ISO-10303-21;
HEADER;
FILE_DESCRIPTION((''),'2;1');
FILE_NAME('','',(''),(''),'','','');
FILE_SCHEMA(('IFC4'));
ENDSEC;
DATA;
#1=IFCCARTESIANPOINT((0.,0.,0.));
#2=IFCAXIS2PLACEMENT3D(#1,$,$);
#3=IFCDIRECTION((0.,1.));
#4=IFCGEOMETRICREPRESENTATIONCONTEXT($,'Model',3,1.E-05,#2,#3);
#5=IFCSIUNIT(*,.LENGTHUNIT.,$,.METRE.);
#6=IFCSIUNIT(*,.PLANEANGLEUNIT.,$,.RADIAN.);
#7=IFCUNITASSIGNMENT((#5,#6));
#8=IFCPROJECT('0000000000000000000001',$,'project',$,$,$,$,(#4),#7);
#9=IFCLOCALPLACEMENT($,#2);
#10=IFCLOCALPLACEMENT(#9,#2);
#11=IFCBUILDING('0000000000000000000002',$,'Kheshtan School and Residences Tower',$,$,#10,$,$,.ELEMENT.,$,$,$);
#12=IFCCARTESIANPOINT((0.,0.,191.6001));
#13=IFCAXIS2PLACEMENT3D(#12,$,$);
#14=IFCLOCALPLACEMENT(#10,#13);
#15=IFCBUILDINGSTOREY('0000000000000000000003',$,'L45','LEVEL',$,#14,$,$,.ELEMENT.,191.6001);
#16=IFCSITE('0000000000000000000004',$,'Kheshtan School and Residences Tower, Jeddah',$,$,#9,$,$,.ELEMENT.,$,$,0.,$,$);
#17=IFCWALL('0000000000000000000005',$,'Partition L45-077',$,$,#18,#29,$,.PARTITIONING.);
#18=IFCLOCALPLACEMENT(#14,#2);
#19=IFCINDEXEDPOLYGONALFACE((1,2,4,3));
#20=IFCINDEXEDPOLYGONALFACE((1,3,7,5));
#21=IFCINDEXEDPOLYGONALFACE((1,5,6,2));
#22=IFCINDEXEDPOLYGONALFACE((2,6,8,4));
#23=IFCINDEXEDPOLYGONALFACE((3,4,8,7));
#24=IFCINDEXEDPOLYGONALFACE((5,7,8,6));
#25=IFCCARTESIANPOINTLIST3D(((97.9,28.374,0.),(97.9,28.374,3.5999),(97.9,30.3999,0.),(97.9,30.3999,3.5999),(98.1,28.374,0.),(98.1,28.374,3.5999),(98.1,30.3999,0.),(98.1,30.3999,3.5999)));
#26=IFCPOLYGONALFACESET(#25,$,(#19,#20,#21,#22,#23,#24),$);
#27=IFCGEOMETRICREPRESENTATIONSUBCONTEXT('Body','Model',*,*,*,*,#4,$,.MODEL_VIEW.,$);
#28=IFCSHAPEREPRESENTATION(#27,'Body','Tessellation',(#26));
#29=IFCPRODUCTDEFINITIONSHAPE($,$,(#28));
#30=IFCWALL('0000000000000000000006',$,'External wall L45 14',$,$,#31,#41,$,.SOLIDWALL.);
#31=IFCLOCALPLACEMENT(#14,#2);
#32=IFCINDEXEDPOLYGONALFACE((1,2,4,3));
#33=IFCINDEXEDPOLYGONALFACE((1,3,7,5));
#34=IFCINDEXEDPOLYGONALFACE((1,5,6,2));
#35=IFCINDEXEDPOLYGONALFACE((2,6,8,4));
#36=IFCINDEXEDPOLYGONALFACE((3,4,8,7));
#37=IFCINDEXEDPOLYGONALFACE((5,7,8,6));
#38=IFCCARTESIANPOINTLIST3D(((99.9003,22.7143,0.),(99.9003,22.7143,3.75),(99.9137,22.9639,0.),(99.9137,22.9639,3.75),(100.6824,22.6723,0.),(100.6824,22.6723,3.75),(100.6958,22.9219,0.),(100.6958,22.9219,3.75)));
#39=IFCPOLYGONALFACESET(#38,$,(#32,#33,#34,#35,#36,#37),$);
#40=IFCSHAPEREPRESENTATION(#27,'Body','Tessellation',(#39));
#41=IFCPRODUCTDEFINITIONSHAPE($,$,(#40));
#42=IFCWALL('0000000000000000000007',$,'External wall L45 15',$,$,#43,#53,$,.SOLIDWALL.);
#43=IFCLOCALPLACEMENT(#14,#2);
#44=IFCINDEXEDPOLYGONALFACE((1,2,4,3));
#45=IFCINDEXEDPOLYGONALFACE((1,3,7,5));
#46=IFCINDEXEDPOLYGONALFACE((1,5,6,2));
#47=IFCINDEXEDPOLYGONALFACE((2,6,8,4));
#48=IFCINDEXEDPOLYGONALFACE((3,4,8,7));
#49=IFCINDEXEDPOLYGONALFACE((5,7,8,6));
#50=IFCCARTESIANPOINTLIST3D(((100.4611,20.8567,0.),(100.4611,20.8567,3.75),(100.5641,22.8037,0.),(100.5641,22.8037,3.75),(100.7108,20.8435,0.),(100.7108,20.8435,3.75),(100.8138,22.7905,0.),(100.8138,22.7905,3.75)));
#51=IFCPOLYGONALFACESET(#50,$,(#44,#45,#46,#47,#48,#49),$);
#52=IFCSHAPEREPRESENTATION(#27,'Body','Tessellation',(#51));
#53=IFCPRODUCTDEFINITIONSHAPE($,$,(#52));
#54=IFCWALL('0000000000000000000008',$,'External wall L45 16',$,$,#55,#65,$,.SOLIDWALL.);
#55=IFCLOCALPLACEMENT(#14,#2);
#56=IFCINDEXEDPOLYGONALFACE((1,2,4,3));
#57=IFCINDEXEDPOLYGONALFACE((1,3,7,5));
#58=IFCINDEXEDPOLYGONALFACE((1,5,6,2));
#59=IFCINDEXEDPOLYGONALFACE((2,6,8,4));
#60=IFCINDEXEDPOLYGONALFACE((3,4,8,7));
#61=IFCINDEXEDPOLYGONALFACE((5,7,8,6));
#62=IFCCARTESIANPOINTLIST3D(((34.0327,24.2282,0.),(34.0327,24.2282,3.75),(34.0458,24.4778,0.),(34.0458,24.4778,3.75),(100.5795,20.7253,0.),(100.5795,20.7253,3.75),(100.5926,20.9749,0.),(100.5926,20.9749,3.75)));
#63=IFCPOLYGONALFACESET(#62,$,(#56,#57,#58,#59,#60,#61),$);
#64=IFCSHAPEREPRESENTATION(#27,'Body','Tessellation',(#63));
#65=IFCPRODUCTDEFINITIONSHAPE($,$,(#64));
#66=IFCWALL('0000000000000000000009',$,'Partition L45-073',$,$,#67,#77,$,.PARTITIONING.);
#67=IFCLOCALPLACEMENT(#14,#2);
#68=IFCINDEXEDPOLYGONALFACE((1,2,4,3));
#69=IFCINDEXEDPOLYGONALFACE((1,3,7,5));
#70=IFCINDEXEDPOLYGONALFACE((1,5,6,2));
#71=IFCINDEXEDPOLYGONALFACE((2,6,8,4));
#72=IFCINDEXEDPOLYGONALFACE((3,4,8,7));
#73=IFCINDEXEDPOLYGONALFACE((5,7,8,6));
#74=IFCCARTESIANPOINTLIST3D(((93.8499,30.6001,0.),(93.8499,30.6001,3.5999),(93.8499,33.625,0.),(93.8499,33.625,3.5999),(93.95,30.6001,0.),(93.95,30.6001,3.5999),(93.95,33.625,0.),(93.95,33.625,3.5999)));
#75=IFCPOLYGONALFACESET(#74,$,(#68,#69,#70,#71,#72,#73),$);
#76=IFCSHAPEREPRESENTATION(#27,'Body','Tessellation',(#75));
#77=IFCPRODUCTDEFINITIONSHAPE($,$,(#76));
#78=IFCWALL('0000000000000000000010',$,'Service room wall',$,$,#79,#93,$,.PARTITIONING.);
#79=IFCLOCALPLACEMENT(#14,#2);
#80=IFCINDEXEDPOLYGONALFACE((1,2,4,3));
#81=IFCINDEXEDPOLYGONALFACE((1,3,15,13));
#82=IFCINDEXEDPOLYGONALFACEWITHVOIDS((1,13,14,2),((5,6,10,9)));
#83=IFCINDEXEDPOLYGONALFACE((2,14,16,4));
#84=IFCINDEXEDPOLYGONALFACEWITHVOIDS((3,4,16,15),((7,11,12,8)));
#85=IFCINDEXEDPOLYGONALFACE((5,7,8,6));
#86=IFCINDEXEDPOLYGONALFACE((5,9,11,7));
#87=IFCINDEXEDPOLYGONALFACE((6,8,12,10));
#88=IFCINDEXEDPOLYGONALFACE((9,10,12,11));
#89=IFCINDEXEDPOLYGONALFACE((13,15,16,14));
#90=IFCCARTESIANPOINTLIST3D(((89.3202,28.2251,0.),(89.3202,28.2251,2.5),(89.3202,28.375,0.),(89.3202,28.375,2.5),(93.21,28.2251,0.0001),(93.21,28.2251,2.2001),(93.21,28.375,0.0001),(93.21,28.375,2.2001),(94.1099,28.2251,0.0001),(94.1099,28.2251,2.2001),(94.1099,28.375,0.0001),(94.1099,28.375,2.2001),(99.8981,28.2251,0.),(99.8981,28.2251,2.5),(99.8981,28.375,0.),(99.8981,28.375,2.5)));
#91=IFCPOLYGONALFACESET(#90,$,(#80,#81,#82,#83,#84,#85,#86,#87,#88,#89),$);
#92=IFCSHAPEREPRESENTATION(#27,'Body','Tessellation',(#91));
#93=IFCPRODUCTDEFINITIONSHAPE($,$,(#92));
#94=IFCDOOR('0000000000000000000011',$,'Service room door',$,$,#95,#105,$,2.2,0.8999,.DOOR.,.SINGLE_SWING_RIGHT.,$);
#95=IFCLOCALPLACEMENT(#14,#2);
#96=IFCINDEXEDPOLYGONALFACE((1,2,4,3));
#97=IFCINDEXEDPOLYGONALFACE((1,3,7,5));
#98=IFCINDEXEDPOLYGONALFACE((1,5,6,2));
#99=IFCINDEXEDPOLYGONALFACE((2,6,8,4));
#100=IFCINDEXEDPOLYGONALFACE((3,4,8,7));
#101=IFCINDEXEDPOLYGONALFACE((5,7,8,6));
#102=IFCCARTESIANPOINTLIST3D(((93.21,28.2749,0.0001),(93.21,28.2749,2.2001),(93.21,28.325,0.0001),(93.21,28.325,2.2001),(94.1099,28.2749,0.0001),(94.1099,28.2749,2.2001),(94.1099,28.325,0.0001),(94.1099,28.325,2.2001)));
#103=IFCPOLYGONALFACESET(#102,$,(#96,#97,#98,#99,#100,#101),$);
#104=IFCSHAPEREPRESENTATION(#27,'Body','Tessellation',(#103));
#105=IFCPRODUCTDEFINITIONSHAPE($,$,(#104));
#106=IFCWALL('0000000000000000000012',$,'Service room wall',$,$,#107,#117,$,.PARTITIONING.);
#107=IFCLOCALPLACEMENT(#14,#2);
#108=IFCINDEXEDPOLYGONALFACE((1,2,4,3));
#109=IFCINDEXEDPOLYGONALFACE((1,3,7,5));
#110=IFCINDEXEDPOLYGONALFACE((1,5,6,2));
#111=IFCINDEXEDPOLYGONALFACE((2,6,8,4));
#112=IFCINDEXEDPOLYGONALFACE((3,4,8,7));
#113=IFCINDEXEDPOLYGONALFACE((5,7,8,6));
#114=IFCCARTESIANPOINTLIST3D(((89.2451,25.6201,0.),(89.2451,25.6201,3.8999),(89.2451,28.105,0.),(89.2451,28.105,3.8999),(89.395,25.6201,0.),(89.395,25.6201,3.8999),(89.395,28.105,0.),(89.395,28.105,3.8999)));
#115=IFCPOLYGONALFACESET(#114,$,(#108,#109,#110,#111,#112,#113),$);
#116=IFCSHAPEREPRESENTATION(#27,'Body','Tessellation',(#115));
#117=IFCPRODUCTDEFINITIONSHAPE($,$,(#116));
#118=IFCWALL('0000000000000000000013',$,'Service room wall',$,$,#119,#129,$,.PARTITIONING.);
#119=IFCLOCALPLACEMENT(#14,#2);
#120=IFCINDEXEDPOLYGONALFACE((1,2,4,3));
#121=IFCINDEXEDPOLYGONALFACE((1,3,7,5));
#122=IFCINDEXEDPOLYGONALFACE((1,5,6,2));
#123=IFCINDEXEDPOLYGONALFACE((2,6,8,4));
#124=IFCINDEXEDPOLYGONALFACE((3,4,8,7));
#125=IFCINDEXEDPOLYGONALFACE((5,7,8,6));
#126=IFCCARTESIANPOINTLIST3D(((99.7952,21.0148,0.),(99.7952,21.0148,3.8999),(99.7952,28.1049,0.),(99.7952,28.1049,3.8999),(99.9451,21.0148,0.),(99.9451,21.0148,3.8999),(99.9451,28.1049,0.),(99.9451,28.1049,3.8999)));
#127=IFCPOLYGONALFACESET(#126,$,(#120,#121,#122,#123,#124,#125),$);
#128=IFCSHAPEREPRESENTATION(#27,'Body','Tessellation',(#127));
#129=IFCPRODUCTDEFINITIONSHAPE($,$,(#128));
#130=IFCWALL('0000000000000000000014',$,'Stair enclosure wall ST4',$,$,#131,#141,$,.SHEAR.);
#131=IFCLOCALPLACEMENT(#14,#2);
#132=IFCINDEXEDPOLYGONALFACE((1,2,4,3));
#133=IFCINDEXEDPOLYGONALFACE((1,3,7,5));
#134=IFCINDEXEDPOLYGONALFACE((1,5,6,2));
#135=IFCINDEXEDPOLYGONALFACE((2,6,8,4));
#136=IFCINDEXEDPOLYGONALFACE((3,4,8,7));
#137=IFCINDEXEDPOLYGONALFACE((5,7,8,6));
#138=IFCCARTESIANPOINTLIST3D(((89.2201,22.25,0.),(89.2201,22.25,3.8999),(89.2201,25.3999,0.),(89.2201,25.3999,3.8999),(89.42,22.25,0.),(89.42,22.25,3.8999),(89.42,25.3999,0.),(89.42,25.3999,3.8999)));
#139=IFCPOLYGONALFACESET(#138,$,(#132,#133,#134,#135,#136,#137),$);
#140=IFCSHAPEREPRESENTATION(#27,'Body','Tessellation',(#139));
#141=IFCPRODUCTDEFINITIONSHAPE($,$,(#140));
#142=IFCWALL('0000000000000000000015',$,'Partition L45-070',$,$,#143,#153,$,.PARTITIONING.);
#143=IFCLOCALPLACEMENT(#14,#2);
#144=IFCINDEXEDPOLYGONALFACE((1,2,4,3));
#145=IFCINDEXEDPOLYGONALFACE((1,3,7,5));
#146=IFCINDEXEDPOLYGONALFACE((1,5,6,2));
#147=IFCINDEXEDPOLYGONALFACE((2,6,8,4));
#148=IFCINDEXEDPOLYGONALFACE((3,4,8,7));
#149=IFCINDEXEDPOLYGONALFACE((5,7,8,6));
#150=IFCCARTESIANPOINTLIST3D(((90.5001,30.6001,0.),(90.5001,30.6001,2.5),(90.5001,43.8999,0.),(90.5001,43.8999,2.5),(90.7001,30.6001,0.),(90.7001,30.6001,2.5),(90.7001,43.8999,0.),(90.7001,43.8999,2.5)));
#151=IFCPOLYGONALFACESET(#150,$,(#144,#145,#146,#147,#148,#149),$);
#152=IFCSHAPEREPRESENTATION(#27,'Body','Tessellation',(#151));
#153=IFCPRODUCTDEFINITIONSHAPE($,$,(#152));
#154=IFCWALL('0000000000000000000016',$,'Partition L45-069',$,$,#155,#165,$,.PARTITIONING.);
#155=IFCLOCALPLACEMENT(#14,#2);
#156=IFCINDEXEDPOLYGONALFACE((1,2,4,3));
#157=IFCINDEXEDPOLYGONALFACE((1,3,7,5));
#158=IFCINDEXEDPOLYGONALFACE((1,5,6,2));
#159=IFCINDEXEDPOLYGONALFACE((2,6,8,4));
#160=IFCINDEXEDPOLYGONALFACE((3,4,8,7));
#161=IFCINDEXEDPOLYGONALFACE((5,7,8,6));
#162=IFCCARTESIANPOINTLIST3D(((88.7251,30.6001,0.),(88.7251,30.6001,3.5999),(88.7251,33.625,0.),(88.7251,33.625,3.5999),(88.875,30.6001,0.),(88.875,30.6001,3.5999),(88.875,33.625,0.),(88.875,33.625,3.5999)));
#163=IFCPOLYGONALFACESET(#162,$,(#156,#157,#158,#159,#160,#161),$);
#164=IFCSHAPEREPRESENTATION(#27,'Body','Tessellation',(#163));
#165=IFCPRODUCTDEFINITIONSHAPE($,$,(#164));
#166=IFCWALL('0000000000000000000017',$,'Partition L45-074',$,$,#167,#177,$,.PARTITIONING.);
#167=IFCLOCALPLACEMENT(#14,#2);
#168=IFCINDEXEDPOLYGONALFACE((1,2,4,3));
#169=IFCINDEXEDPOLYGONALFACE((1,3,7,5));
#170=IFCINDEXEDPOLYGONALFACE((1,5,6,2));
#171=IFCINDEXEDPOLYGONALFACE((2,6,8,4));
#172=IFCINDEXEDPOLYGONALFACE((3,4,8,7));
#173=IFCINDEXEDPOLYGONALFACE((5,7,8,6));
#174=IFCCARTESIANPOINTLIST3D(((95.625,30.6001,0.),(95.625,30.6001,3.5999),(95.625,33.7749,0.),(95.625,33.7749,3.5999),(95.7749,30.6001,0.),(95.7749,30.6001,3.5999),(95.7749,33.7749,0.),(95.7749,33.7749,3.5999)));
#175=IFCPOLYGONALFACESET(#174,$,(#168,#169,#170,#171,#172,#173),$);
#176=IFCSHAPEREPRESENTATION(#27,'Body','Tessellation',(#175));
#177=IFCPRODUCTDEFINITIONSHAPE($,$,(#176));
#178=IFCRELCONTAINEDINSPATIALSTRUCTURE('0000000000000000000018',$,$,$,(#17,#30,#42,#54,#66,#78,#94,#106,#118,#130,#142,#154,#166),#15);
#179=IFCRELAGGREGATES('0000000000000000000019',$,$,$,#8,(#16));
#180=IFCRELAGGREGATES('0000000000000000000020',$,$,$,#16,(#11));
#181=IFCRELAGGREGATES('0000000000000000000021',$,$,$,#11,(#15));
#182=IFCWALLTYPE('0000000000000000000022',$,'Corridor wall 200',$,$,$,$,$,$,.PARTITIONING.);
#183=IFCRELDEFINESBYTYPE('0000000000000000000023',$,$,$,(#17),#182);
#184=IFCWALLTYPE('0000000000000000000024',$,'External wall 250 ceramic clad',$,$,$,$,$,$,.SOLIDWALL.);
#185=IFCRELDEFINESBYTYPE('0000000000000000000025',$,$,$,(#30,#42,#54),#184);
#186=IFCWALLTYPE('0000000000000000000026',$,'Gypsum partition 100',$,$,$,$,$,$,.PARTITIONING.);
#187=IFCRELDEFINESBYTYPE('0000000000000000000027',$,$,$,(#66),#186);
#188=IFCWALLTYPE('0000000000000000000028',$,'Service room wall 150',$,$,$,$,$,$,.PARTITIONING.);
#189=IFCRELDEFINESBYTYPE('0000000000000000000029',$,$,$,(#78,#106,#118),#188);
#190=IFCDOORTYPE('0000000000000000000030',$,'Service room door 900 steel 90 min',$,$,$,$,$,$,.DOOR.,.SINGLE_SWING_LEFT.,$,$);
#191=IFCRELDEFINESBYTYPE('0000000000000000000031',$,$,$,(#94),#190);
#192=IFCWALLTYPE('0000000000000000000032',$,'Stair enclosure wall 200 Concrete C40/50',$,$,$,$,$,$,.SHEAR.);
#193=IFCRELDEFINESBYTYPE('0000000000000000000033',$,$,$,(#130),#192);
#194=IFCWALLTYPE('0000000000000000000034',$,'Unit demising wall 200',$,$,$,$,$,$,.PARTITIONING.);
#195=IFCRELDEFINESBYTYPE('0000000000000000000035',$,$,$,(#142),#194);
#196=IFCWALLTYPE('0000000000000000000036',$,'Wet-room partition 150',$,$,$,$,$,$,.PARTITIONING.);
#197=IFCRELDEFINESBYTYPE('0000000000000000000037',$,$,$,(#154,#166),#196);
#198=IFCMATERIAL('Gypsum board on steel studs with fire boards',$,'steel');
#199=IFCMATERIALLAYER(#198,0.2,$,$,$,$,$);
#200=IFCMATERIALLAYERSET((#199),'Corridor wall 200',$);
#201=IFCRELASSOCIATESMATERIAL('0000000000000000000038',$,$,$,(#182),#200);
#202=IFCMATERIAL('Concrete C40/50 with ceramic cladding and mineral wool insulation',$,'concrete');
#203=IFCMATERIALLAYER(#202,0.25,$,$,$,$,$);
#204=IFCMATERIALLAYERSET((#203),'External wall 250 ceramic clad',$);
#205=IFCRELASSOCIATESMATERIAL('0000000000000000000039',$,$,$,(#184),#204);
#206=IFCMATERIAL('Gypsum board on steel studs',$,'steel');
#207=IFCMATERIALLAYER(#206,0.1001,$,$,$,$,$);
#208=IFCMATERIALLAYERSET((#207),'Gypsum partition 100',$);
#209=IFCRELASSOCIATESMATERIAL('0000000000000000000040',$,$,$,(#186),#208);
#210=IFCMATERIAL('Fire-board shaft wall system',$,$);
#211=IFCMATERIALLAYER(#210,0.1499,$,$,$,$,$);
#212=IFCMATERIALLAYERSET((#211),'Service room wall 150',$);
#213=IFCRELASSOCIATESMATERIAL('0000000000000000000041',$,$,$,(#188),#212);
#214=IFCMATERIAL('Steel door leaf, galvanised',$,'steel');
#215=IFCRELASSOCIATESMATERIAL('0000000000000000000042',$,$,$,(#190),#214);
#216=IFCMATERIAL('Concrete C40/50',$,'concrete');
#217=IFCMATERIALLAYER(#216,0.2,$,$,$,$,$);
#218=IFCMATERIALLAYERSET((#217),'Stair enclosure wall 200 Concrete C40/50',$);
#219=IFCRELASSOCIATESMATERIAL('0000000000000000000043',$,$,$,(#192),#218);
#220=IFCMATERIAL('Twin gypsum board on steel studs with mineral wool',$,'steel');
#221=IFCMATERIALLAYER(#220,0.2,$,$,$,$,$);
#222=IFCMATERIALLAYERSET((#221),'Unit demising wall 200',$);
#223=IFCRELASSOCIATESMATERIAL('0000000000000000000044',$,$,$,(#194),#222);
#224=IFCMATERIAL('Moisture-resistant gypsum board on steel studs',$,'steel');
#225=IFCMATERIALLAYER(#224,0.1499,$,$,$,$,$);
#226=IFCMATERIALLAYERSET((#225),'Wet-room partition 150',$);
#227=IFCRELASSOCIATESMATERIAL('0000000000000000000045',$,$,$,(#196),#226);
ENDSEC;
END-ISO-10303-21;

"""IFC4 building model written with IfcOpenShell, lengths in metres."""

from ifc_helpers import new_model, si_unit, direction, frame, frame_2d, origin, place, context, subcontext, project, spatial, rectangle, extrude, source, transform, mapped, material, layer, layer_set, type_object, element, fill, save


model = new_model("IFC4")

# Units and contexts
model_context = context("Model", 3, precision=1e-05, world=origin(), true_north=direction((0.0, 1.0)))
body_context = subcontext(model_context, "Body", "Model", "MODEL_VIEW")
ifc_project = project(units=[si_unit("LENGTHUNIT", "METRE"), si_unit("PLANEANGLEUNIT", "RADIAN")], contexts=[model_context])

# Site, building, storey
site_placement = place(None, origin())
site = spatial("IfcSite", under=ifc_project, at=site_placement, Name="Kheshtan School and Residences Tower, Jeddah", CompositionType="ELEMENT", RefElevation=0.0)
building_placement = place(site_placement, origin())
building = spatial("IfcBuilding", under=site, at=building_placement, Name="Kheshtan School and Residences Tower", CompositionType="ELEMENT")
storey_placement = place(building_placement, frame((0.0, 0.0, 191.6001)))
storey = spatial("IfcBuildingStorey", under=building, at=storey_placement, Name="L45", Description="LEVEL", CompositionType="ELEMENT", Elevation=191.6001)

# Walls
ifc_material_1 = material(Name="Gypsum board on steel studs with fire boards", Category="steel")
ifc_layer_1 = layer(ifc_material_1, 0.2)
ifc_layer_set_1 = layer_set([ifc_layer_1], Name="Corridor wall 200")
wall_type_1 = type_object("IfcWallType", Name="Corridor wall 200", PredefinedType="PARTITIONING", material=ifc_layer_set_1)
wall_1_placement = place(storey_placement, frame((98.0, 28.374, 0.0), z_axis=(0.0, 0.0, 1.0), x_axis=(0.0, 1.0, 0.0)))
element("IfcWall", 1, at=wall_1_placement, inside=storey, type_object=wall_type_1, Name="Partition L45-077", PredefinedType="PARTITIONING", context=body_context, shape_type="SweptSolid", body=[
    extrude(rectangle(XDim=2.0259, YDim=0.2, at=frame_2d((1.0129, 0.0))), origin(), (0.0, 0.0, 1.0), 3.5999),
])
ifc_material_2 = material(Name="Concrete C40/50 with ceramic cladding and mineral wool insulation", Category="concrete")
ifc_layer_2 = layer(ifc_material_2, 0.25)
ifc_layer_set_2 = layer_set([ifc_layer_2], Name="External wall 250 ceramic clad")
wall_type_2 = type_object("IfcWallType", Name="External wall 250 ceramic clad", PredefinedType="SOLIDWALL", material=ifc_layer_set_2)
wall_2_placement = place(storey_placement, frame((99.907, 22.8391, 0.0), z_axis=(0.0, 0.0, 1.0), x_axis=(0.998561, -0.053622, 0.0)))
element("IfcWall", 2, at=wall_2_placement, inside=storey, type_object=wall_type_2, Name="External wall L45 14", PredefinedType="SOLIDWALL", context=body_context, shape_type="SweptSolid", body=[
    extrude(rectangle(XDim=0.7832, YDim=0.25, at=frame_2d((0.3916, 0.0))), origin(), (0.0, 0.0, 1.0), 3.75),
])
wall_3_placement = place(storey_placement, frame((100.689, 22.7971, 0.0), z_axis=(0.0, 0.0, 1.0), x_axis=(-0.052841, -0.998603, 0.0)))
element("IfcWall", 3, at=wall_3_placement, inside=storey, type_object=wall_type_2, Name="External wall L45 15", PredefinedType="SOLIDWALL", context=body_context, shape_type="SweptSolid", body=[
    extrude(rectangle(XDim=1.9497, YDim=0.25, at=frame_2d((0.9749, 0.0))), origin(), (0.0, 0.0, 1.0), 3.75),
])
wall_4_placement = place(storey_placement, frame((100.5859, 20.8501, 0.0), z_axis=(0.0, 0.0, 1.0), x_axis=(-0.998617, 0.052566, 0.0)))
element("IfcWall", 4, at=wall_4_placement, inside=storey, type_object=wall_type_2, Name="External wall L45 16", PredefinedType="SOLIDWALL", context=body_context, shape_type="SweptSolid", body=[
    extrude(rectangle(XDim=66.6389, YDim=0.25, at=frame_2d((33.3193, 0.0))), origin(), (0.0, 0.0, 1.0), 3.75),
])
ifc_material_3 = material(Name="Gypsum board on steel studs", Category="steel")
ifc_layer_3 = layer(ifc_material_3, 0.1001)
ifc_layer_set_3 = layer_set([ifc_layer_3], Name="Gypsum partition 100")
wall_type_3 = type_object("IfcWallType", Name="Gypsum partition 100", PredefinedType="PARTITIONING", material=ifc_layer_set_3)
wall_5_placement = place(storey_placement, frame((93.8999, 30.6001, 0.0), z_axis=(0.0, 0.0, 1.0), x_axis=(0.0, 1.0, 0.0)))
element("IfcWall", 5, at=wall_5_placement, inside=storey, type_object=wall_type_3, Name="Partition L45-073", PredefinedType="PARTITIONING", context=body_context, shape_type="SweptSolid", body=[
    extrude(rectangle(XDim=3.0249, YDim=0.1001, at=frame_2d((1.5125, 0.0))), origin(), (0.0, 0.0, 1.0), 3.5999),
])

# Wall, opening, door
ifc_material_4 = material(Name="Fire-board shaft wall system")
ifc_layer_4 = layer(ifc_material_4, 0.1499)
ifc_layer_set_4 = layer_set([ifc_layer_4], Name="Service room wall 150")
wall_type_4 = type_object("IfcWallType", Name="Service room wall 150", PredefinedType="PARTITIONING", material=ifc_layer_set_4)
wall_6_placement = place(storey_placement, frame((89.3201, 28.3, 0.0), z_axis=(0.0, 0.0, 1.0), x_axis=(1.0, 0.0, 0.0)))
wall_6 = element("IfcWall", 6, at=wall_6_placement, inside=storey, type_object=wall_type_4, Name="Service room wall", PredefinedType="PARTITIONING", context=body_context, shape_type="SweptSolid", body=[
    extrude(rectangle(XDim=10.5779, YDim=0.1499, at=frame_2d((5.2891, 0.0))), origin(), (0.0, 0.0, 1.0), 2.5),
])
opening_placement = place(wall_6_placement, frame((3.8899, 0.0, 0.0)))
opening = element("IfcOpeningElement", 7, at=opening_placement, cuts=wall_6, PredefinedType="OPENING", context=body_context, shape_type="SweptSolid", body=[
    extrude(rectangle(XDim=0.8999, YDim=2.2, at=frame_2d((0.45, 1.1001))), frame((0.0, 0.085, 0.0), z_axis=(0.0, -1.0, 0.0), x_axis=(1.0, 0.0, 0.0)), (0.0, 0.0, 1.0), 0.1699),
])
ifc_material_5 = material(Name="Steel door leaf, galvanised", Category="steel")
door_type = type_object("IfcDoorType", Name="Service room door 900 steel 90 min", OperationType="SINGLE_SWING_LEFT", PredefinedType="DOOR", material=ifc_material_5)
shared_shape = source(origin(), body_context, "Body", "SweptSolid", [
    extrude(rectangle(XDim=0.8999, YDim=2.2, at=frame_2d((0.45, 1.1001))), frame((0.0, 0.0249, 0.0), z_axis=(0.0, -1.0, 0.0), x_axis=(1.0, 0.0, 0.0)), (0.0, 0.0, 1.0), 0.05),
])
door_placement = place(opening_placement, origin())
door = element("IfcDoor", 8, at=door_placement, inside=storey, type_object=door_type, Name="Service room door", OperationType="SINGLE_SWING_RIGHT", OverallHeight=2.2, OverallWidth=0.8999, PredefinedType="DOOR", context=body_context, shape_type="MappedRepresentation", body=[
    mapped(shared_shape, transform((0.0, 0.0, 0.0), x_axis=(1.0, 0.0, 0.0), y_axis=(0.0, 1.0, 0.0), z_axis=(0.0, 0.0, 1.0), scale=1.0)),
])
fill(opening, door)

# Walls
wall_7_placement = place(storey_placement, frame((89.3201, 25.6201, 0.0), z_axis=(0.0, 0.0, 1.0), x_axis=(0.0, 1.0, 0.0)))
element("IfcWall", 9, at=wall_7_placement, inside=storey, type_object=wall_type_4, Name="Service room wall", PredefinedType="PARTITIONING", context=body_context, shape_type="SweptSolid", body=[
    extrude(rectangle(XDim=2.4849, YDim=0.1499, at=frame_2d((1.2424, 0.0))), origin(), (0.0, 0.0, 1.0), 3.8999),
])
wall_8_placement = place(storey_placement, frame((99.8701, 21.0149, 0.0), z_axis=(0.0, 0.0, 1.0), x_axis=(0.0, 1.0, 0.0)))
element("IfcWall", 10, at=wall_8_placement, inside=storey, type_object=wall_type_4, Name="Service room wall", PredefinedType="PARTITIONING", context=body_context, shape_type="SweptSolid", body=[
    extrude(rectangle(XDim=7.0901, YDim=0.1499, at=frame_2d((3.5449, 0.0))), origin(), (0.0, 0.0, 1.0), 3.8999),
])
ifc_material_6 = material(Name="Concrete C40/50", Category="concrete")
ifc_layer_5 = layer(ifc_material_6, 0.2)
ifc_layer_set_5 = layer_set([ifc_layer_5], Name="Stair enclosure wall 200 Concrete C40/50")
wall_type_5 = type_object("IfcWallType", Name="Stair enclosure wall 200 Concrete C40/50", PredefinedType="SHEAR", material=ifc_layer_set_5)
wall_9_placement = place(storey_placement, frame((89.3201, 22.25, 0.0), z_axis=(0.0, 0.0, 1.0), x_axis=(0.0, 1.0, 0.0)))
element("IfcWall", 11, at=wall_9_placement, inside=storey, type_object=wall_type_5, Name="Stair enclosure wall ST4", PredefinedType="SHEAR", context=body_context, shape_type="SweptSolid", body=[
    extrude(rectangle(XDim=3.1499, YDim=0.2, at=frame_2d((1.575, 0.0))), origin(), (0.0, 0.0, 1.0), 3.8999),
])
ifc_material_7 = material(Name="Twin gypsum board on steel studs with mineral wool", Category="steel")
ifc_layer_6 = layer(ifc_material_7, 0.2)
ifc_layer_set_6 = layer_set([ifc_layer_6], Name="Unit demising wall 200")
wall_type_6 = type_object("IfcWallType", Name="Unit demising wall 200", PredefinedType="PARTITIONING", material=ifc_layer_set_6)
wall_10_placement = place(storey_placement, frame((90.6001, 30.6001, 0.0), z_axis=(0.0, 0.0, 1.0), x_axis=(0.0, 1.0, 0.0)))
element("IfcWall", 12, at=wall_10_placement, inside=storey, type_object=wall_type_6, Name="Partition L45-070", PredefinedType="PARTITIONING", context=body_context, shape_type="SweptSolid", body=[
    extrude(rectangle(XDim=13.2998, YDim=0.2, at=frame_2d((6.6499, 0.0))), origin(), (0.0, 0.0, 1.0), 2.5),
])
ifc_material_8 = material(Name="Moisture-resistant gypsum board on steel studs", Category="steel")
ifc_layer_7 = layer(ifc_material_8, 0.1499)
ifc_layer_set_7 = layer_set([ifc_layer_7], Name="Wet-room partition 150")
wall_type_7 = type_object("IfcWallType", Name="Wet-room partition 150", PredefinedType="PARTITIONING", material=ifc_layer_set_7)
wall_11_placement = place(storey_placement, frame((88.8, 30.6001, 0.0), z_axis=(0.0, 0.0, 1.0), x_axis=(0.0, 1.0, 0.0)))
element("IfcWall", 13, at=wall_11_placement, inside=storey, type_object=wall_type_7, Name="Partition L45-069", PredefinedType="PARTITIONING", context=body_context, shape_type="SweptSolid", body=[
    extrude(rectangle(XDim=3.0249, YDim=0.1499, at=frame_2d((1.5125, 0.0))), origin(), (0.0, 0.0, 1.0), 3.5999),
])
wall_12_placement = place(storey_placement, frame((95.7, 30.6001, 0.0), z_axis=(0.0, 0.0, 1.0), x_axis=(0.0, 1.0, 0.0)))
element("IfcWall", 14, at=wall_12_placement, inside=storey, type_object=wall_type_7, Name="Partition L45-074", PredefinedType="PARTITIONING", context=body_context, shape_type="SweptSolid", body=[
    extrude(rectangle(XDim=3.1748, YDim=0.1499, at=frame_2d((1.5874, 0.0))), origin(), (0.0, 0.0, 1.0), 3.5999),
])

save(model, "model.ifc")
